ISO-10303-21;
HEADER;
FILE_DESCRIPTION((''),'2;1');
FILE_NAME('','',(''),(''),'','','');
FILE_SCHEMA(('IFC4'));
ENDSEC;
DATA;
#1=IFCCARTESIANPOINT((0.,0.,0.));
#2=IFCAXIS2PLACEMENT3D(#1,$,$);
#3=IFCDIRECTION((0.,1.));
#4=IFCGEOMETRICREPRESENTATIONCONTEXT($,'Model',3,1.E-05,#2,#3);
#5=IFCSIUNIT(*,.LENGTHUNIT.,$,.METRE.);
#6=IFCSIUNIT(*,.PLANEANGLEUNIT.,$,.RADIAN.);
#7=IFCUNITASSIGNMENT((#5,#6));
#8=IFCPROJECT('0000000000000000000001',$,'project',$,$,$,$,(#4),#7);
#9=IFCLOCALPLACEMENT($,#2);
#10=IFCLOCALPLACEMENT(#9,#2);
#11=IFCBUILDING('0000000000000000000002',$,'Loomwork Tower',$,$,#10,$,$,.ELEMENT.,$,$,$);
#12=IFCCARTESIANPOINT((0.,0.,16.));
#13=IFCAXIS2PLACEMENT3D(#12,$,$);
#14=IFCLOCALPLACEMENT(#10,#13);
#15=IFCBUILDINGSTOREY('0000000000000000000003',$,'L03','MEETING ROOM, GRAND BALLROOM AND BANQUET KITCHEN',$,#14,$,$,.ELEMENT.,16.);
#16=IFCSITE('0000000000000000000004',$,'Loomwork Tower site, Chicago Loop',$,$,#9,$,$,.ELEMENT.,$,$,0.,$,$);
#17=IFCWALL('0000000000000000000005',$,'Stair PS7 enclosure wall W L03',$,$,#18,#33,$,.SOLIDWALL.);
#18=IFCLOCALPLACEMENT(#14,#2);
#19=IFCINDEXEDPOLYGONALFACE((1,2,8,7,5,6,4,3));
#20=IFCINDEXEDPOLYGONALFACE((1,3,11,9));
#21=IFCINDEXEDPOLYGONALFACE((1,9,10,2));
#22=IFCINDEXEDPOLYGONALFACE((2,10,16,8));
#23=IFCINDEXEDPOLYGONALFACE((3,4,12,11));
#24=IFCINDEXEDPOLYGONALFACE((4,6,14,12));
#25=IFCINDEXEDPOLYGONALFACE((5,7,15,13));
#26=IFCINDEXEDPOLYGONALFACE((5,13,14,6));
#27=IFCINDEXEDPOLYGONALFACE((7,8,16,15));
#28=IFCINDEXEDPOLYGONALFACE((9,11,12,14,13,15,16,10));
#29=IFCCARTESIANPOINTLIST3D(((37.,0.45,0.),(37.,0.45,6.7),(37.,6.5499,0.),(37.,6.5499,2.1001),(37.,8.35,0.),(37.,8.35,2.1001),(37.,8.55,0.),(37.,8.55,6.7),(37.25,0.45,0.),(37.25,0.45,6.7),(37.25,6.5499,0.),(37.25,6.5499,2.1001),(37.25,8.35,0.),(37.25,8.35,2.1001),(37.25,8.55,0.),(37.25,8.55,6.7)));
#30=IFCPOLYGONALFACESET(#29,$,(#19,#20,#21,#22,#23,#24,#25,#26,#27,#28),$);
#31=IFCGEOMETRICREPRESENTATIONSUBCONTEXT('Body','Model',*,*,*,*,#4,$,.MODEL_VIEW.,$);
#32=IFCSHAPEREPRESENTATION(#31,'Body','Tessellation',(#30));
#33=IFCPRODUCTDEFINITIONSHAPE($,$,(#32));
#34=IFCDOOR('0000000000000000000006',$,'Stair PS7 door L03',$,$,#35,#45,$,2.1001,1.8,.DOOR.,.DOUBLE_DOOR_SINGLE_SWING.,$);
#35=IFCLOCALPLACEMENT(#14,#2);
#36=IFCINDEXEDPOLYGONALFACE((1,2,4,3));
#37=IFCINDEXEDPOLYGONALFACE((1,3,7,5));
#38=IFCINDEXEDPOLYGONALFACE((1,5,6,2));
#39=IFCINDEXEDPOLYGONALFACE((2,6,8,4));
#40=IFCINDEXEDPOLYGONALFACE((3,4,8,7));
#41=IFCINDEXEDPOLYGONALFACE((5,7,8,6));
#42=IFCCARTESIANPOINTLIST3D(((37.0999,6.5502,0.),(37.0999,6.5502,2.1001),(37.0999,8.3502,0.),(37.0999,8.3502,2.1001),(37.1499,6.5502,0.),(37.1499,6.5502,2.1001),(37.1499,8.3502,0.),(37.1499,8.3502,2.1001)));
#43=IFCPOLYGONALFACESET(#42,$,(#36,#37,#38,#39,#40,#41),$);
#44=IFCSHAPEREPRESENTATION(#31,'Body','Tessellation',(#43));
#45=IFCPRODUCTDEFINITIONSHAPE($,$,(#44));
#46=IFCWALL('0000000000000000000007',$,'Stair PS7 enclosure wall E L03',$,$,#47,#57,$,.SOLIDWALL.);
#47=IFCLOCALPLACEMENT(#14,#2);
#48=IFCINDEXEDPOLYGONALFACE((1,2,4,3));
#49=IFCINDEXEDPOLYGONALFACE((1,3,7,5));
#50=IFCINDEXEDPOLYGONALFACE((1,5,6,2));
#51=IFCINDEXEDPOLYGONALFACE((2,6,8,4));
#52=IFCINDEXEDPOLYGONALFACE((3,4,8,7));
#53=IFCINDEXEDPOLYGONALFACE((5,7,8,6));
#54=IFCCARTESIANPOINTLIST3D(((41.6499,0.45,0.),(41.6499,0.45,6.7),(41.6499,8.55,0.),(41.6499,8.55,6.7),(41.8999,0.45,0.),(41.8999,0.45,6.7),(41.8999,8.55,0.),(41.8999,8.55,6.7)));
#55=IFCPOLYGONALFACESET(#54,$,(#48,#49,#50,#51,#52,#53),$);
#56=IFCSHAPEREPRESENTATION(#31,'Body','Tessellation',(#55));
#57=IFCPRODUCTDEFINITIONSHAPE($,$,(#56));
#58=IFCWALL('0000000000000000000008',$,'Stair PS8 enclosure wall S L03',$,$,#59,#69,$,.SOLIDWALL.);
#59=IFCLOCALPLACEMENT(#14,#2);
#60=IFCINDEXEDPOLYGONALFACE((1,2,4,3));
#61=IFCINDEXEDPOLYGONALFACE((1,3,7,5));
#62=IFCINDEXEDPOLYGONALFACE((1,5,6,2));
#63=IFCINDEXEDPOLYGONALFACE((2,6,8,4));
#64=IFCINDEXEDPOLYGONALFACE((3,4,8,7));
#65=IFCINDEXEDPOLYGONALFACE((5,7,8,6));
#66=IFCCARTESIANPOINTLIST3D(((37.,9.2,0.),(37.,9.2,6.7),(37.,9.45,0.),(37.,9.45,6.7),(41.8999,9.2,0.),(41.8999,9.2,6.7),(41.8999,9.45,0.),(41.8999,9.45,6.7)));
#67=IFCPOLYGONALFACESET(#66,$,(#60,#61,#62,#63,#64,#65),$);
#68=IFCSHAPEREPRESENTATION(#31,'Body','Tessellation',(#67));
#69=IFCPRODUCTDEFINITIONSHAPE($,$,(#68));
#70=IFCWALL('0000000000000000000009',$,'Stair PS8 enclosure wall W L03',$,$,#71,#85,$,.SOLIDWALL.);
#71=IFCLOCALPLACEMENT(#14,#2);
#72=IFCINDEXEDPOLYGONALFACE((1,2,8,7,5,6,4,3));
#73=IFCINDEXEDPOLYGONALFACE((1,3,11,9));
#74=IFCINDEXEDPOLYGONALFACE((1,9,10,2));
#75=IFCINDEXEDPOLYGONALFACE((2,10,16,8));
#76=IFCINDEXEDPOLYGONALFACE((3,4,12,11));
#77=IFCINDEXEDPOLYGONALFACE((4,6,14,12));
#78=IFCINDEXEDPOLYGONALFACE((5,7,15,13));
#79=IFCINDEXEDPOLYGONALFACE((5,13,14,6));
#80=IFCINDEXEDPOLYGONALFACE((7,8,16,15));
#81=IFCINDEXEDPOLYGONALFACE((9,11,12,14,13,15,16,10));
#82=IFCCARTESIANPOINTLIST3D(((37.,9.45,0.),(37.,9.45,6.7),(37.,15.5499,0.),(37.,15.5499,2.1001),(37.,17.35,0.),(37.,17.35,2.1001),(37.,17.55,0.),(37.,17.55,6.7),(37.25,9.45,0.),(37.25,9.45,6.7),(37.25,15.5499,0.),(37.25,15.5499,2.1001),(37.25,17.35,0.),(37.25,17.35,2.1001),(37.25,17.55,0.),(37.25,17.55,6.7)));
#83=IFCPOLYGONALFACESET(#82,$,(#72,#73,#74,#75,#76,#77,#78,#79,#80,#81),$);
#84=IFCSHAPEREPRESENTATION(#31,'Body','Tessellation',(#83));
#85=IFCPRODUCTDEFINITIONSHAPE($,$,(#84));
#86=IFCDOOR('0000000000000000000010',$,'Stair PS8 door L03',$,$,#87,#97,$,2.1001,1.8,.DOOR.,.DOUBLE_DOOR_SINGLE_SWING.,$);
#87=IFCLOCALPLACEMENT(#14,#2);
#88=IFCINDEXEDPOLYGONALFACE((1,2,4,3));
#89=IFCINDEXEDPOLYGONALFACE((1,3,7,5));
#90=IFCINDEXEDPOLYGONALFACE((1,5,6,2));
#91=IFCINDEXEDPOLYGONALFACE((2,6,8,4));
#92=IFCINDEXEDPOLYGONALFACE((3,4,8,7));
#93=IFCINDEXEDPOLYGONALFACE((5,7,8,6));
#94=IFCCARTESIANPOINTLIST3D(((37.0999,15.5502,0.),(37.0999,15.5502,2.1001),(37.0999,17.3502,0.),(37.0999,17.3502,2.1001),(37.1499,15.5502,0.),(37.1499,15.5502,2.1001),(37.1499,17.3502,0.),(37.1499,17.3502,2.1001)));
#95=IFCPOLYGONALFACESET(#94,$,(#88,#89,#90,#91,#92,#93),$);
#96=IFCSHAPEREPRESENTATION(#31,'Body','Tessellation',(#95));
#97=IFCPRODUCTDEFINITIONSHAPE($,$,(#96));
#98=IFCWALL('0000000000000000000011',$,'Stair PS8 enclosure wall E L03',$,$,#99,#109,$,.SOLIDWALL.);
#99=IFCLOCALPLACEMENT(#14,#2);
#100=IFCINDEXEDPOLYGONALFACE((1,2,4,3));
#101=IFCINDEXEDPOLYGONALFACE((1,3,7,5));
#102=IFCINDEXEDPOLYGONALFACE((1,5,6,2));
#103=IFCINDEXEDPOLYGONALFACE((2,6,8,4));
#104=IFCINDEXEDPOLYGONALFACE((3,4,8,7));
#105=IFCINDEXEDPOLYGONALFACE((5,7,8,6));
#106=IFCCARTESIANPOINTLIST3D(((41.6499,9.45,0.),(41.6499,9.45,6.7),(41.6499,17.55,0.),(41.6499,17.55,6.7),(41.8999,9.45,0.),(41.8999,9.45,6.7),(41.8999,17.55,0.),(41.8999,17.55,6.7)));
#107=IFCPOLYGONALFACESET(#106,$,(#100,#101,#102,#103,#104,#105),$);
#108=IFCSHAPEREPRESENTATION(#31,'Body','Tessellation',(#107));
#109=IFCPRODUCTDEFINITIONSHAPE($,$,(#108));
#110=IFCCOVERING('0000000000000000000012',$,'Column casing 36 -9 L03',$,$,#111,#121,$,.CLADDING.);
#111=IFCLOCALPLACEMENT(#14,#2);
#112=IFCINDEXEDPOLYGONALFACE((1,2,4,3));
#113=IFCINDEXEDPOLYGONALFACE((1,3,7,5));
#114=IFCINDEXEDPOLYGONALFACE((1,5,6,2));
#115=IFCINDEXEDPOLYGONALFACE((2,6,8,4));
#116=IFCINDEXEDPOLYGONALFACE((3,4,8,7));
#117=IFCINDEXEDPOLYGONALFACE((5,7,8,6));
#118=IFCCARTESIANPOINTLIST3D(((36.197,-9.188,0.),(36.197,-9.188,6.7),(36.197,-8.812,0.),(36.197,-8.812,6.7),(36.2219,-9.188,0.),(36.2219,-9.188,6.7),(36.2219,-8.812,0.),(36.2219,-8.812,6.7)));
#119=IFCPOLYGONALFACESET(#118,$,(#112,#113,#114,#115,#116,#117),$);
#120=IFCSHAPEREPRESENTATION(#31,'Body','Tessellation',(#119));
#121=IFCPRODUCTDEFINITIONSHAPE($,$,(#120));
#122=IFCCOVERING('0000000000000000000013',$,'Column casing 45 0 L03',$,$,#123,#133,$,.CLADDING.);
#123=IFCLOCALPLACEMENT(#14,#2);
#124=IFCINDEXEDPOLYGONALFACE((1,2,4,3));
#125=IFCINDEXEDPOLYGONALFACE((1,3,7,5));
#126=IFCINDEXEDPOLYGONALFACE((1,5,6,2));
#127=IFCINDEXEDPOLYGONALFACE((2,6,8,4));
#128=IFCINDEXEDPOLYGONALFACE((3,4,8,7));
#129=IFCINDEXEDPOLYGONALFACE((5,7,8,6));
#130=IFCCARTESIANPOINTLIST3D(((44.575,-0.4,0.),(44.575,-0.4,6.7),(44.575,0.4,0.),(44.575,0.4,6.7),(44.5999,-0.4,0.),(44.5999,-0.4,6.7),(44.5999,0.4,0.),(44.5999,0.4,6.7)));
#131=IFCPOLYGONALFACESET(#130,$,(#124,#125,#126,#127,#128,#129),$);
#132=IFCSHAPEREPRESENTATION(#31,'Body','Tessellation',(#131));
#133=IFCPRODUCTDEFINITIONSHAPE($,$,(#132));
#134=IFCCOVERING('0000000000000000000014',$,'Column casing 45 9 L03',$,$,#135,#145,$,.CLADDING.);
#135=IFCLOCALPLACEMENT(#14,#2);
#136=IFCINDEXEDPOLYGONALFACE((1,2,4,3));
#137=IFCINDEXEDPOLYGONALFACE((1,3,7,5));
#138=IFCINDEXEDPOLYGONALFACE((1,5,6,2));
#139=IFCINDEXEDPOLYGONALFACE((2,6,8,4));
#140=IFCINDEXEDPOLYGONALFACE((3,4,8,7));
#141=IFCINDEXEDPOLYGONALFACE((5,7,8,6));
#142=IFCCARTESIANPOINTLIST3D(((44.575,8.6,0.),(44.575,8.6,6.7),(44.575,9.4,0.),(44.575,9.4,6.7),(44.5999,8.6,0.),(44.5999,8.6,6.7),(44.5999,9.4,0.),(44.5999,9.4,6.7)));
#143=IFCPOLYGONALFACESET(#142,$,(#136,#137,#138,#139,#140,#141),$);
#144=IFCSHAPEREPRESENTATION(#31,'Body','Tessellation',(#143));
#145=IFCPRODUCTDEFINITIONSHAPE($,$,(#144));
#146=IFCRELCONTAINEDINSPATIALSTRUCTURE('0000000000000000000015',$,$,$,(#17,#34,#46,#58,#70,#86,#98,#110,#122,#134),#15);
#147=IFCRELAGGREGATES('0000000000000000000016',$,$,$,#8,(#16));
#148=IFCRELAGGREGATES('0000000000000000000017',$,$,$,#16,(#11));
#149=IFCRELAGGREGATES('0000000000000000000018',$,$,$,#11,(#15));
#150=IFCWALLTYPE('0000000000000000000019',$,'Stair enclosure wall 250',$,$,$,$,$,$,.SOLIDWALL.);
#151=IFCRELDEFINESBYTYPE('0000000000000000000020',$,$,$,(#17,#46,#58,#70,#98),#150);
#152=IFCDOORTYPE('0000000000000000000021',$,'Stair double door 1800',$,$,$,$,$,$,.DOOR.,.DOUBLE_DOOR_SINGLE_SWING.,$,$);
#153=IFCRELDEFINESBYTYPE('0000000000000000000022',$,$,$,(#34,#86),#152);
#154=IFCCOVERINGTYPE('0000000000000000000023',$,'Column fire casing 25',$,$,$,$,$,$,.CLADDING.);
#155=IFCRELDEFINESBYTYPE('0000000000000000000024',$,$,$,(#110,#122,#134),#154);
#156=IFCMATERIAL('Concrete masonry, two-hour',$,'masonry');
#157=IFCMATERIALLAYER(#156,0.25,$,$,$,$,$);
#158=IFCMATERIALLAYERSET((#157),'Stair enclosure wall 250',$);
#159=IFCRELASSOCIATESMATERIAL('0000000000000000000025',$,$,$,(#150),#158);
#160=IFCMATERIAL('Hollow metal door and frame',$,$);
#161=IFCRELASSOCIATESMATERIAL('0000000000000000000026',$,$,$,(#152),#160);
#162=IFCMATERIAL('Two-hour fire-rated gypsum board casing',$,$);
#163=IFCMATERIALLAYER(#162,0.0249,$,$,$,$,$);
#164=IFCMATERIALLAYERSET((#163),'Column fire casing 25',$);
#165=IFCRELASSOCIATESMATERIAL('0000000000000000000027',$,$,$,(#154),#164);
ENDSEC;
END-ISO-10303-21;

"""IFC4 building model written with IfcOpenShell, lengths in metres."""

from ifc_helpers import new_model, si_unit, direction, frame, frame_2d, origin, origin_2d, place, context, subcontext, project, spatial, rectangle, extrude, material, layer, layer_set, type_object, element, fill, save


model = new_model("IFC4")

# Units and contexts
model_context = context("Model", 3, precision=1e-05, world=origin(), true_north=direction((0.0, 1.0)))
body_context = subcontext(model_context, "Body", "Model", "MODEL_VIEW")
ifc_project = project(units=[si_unit("LENGTHUNIT", "METRE"), si_unit("PLANEANGLEUNIT", "RADIAN")], contexts=[model_context])

# Site, building, storey
site_placement = place(None, origin())
site = spatial("IfcSite", under=ifc_project, at=site_placement, Name="Loomwork Tower site, Chicago Loop", CompositionType="ELEMENT", RefElevation=0.0)
building_placement = place(site_placement, origin())
building = spatial("IfcBuilding", under=site, at=building_placement, Name="Loomwork Tower", CompositionType="ELEMENT")
storey_placement = place(building_placement, frame((0.0, 0.0, 16.0)))
storey = spatial("IfcBuildingStorey", under=building, at=storey_placement, Name="L03", Description="MEETING ROOM, GRAND BALLROOM AND BANQUET KITCHEN", CompositionType="ELEMENT", Elevation=16.0)

# Shared definitions
ifc_material_1 = material(Name="Concrete masonry, two-hour", Category="masonry")
ifc_layer_1 = layer(ifc_material_1, 0.25)
ifc_layer_set_1 = layer_set([ifc_layer_1], Name="Stair enclosure wall 250")
wall_type_1 = type_object("IfcWallType", Name="Stair enclosure wall 250", PredefinedType="SOLIDWALL", material=ifc_layer_set_1)

# Wall, opening, door
wall_1_placement = place(storey_placement, frame((37.125, 0.45, 0.0), z_axis=(0.0, 0.0, 1.0), x_axis=(0.0, 1.0, 0.0)))
wall_1 = element("IfcWall", 1, at=wall_1_placement, inside=storey, type_object=wall_type_1, Name="Stair PS7 enclosure wall W L03", PredefinedType="SOLIDWALL", context=body_context, shape_type="SweptSolid", body=[
    extrude(rectangle(XDim=8.1001, YDim=0.25, at=frame_2d((4.05, 0.0))), origin(), (0.0, 0.0, 1.0), 6.7),
])
opening_1_placement = place(wall_1_placement, frame((6.1001, 0.0, 0.0)))
opening_1 = element("IfcOpeningElement", 2, at=opening_1_placement, cuts=wall_1, PredefinedType="OPENING", context=body_context, shape_type="SweptSolid", body=[
    extrude(rectangle(XDim=1.8, YDim=2.1001, at=frame_2d((0.8999, 1.05))), frame((0.0, 0.135, 0.0), z_axis=(0.0, -1.0, 0.0), x_axis=(1.0, 0.0, 0.0)), (0.0, 0.0, 1.0), 0.27),
])
ifc_material_2 = material(Name="Hollow metal door and frame")
door_type_1 = type_object("IfcDoorType", Name="Stair double door 1800", OperationType="DOUBLE_DOOR_SINGLE_SWING", PredefinedType="DOOR", material=ifc_material_2)
door_1_placement = place(opening_1_placement, frame((1.8, 0.0, 0.0), z_axis=(0.0, 0.0, 1.0), x_axis=(-1.0, 0.0, 0.0)))
door_1 = element("IfcDoor", 3, at=door_1_placement, inside=storey, type_object=door_type_1, Name="Stair PS7 door L03", OperationType="DOUBLE_DOOR_SINGLE_SWING", OverallHeight=2.1001, OverallWidth=1.8, PredefinedType="DOOR", context=body_context, shape_type="SweptSolid", body=[
    extrude(rectangle(XDim=1.8, YDim=2.1001, at=frame_2d((0.8999, 1.05))), frame((0.0, 0.0249, 0.0), z_axis=(0.0, -1.0, 0.0), x_axis=(1.0, 0.0, 0.0)), (0.0, 0.0, 1.0), 0.05),
])
fill(opening_1, door_1)

# Walls
wall_2_placement = place(storey_placement, frame((41.7749, 0.45, 0.0), z_axis=(0.0, 0.0, 1.0), x_axis=(0.0, 1.0, 0.0)))
element("IfcWall", 4, at=wall_2_placement, inside=storey, type_object=wall_type_1, Name="Stair PS7 enclosure wall E L03", PredefinedType="SOLIDWALL", context=body_context, shape_type="SweptSolid", body=[
    extrude(rectangle(XDim=8.1001, YDim=0.25, at=frame_2d((4.05, 0.0))), origin(), (0.0, 0.0, 1.0), 6.7),
])
wall_3_placement = place(storey_placement, frame((37.0, 9.325, 0.0), z_axis=(0.0, 0.0, 1.0), x_axis=(1.0, 0.0, 0.0)))
element("IfcWall", 5, at=wall_3_placement, inside=storey, type_object=wall_type_1, Name="Stair PS8 enclosure wall S L03", PredefinedType="SOLIDWALL", context=body_context, shape_type="SweptSolid", body=[
    extrude(rectangle(XDim=4.8999, YDim=0.25, at=frame_2d((2.45, 0.0))), origin(), (0.0, 0.0, 1.0), 6.7),
])

# Wall, opening, door
wall_4_placement = place(storey_placement, frame((37.125, 9.45, 0.0), z_axis=(0.0, 0.0, 1.0), x_axis=(0.0, 1.0, 0.0)))
wall_4 = element("IfcWall", 6, at=wall_4_placement, inside=storey, type_object=wall_type_1, Name="Stair PS8 enclosure wall W L03", PredefinedType="SOLIDWALL", context=body_context, shape_type="SweptSolid", body=[
    extrude(rectangle(XDim=8.1001, YDim=0.25, at=frame_2d((4.05, 0.0))), origin(), (0.0, 0.0, 1.0), 6.7),
])
opening_2_placement = place(wall_4_placement, frame((6.1001, 0.0, 0.0)))
opening_2 = element("IfcOpeningElement", 7, at=opening_2_placement, cuts=wall_4, PredefinedType="OPENING", context=body_context, shape_type="SweptSolid", body=[
    extrude(rectangle(XDim=1.8, YDim=2.1001, at=frame_2d((0.8999, 1.05))), frame((0.0, 0.135, 0.0), z_axis=(0.0, -1.0, 0.0), x_axis=(1.0, 0.0, 0.0)), (0.0, 0.0, 1.0), 0.27),
])
door_2_placement = place(opening_2_placement, frame((1.8, 0.0, 0.0), z_axis=(0.0, 0.0, 1.0), x_axis=(-1.0, 0.0, 0.0)))
door_2 = element("IfcDoor", 8, at=door_2_placement, inside=storey, type_object=door_type_1, Name="Stair PS8 door L03", OperationType="DOUBLE_DOOR_SINGLE_SWING", OverallHeight=2.1001, OverallWidth=1.8, PredefinedType="DOOR", context=body_context, shape_type="SweptSolid", body=[
    extrude(rectangle(XDim=1.8, YDim=2.1001, at=frame_2d((0.8999, 1.05))), frame((0.0, 0.0249, 0.0), z_axis=(0.0, -1.0, 0.0), x_axis=(1.0, 0.0, 0.0)), (0.0, 0.0, 1.0), 0.05),
])
fill(opening_2, door_2)

# Wall
wall_5_placement = place(storey_placement, frame((41.7749, 9.45, 0.0), z_axis=(0.0, 0.0, 1.0), x_axis=(0.0, 1.0, 0.0)))
element("IfcWall", 9, at=wall_5_placement, inside=storey, type_object=wall_type_1, Name="Stair PS8 enclosure wall E L03", PredefinedType="SOLIDWALL", context=body_context, shape_type="SweptSolid", body=[
    extrude(rectangle(XDim=8.1001, YDim=0.25, at=frame_2d((4.05, 0.0))), origin(), (0.0, 0.0, 1.0), 6.7),
])

# Coverings
ifc_material_3 = material(Name="Two-hour fire-rated gypsum board casing")
ifc_layer_2 = layer(ifc_material_3, 0.0249)
ifc_layer_set_2 = layer_set([ifc_layer_2], Name="Column fire casing 25")
covering_type = type_object("IfcCoveringType", Name="Column fire casing 25", PredefinedType="CLADDING", material=ifc_layer_set_2)
covering_placement = place(storey_placement, frame((36.2095, -9.0, 0.0), z_axis=(0.0, 0.0, 1.0), x_axis=(1.0, 0.0, 0.0)))
element("IfcCovering", 10, at=covering_placement, inside=storey, type_object=covering_type, Name="Column casing 36 -9 L03", PredefinedType="CLADDING", context=body_context, shape_type="SweptSolid", body=[
    extrude(rectangle(XDim=0.0249, YDim=0.376, at=origin_2d()), origin(), (0.0, 0.0, 1.0), 6.7),
])
for number, where, z_axis, x_axis, name in (
    (11, (44.5874, 0.0, 0.0), (0.0, 0.0, 1.0), (1.0, 0.0, 0.0), "Column casing 45 0 L03"),
    (12, (44.5874, 9.0, 0.0), (0.0, 0.0, 1.0), (1.0, 0.0, 0.0), "Column casing 45 9 L03"),
):
    element("IfcCovering", number, at=place(storey_placement, frame(where, z_axis=z_axis, x_axis=x_axis)), inside=storey, type_object=covering_type, Name=name, PredefinedType="CLADDING", context=body_context, shape_type="SweptSolid", body=[
        extrude(rectangle(XDim=0.0249, YDim=0.8, at=origin_2d()), origin(), (0.0, 0.0, 1.0), 6.7),
    ])

save(model, "model.ifc")
